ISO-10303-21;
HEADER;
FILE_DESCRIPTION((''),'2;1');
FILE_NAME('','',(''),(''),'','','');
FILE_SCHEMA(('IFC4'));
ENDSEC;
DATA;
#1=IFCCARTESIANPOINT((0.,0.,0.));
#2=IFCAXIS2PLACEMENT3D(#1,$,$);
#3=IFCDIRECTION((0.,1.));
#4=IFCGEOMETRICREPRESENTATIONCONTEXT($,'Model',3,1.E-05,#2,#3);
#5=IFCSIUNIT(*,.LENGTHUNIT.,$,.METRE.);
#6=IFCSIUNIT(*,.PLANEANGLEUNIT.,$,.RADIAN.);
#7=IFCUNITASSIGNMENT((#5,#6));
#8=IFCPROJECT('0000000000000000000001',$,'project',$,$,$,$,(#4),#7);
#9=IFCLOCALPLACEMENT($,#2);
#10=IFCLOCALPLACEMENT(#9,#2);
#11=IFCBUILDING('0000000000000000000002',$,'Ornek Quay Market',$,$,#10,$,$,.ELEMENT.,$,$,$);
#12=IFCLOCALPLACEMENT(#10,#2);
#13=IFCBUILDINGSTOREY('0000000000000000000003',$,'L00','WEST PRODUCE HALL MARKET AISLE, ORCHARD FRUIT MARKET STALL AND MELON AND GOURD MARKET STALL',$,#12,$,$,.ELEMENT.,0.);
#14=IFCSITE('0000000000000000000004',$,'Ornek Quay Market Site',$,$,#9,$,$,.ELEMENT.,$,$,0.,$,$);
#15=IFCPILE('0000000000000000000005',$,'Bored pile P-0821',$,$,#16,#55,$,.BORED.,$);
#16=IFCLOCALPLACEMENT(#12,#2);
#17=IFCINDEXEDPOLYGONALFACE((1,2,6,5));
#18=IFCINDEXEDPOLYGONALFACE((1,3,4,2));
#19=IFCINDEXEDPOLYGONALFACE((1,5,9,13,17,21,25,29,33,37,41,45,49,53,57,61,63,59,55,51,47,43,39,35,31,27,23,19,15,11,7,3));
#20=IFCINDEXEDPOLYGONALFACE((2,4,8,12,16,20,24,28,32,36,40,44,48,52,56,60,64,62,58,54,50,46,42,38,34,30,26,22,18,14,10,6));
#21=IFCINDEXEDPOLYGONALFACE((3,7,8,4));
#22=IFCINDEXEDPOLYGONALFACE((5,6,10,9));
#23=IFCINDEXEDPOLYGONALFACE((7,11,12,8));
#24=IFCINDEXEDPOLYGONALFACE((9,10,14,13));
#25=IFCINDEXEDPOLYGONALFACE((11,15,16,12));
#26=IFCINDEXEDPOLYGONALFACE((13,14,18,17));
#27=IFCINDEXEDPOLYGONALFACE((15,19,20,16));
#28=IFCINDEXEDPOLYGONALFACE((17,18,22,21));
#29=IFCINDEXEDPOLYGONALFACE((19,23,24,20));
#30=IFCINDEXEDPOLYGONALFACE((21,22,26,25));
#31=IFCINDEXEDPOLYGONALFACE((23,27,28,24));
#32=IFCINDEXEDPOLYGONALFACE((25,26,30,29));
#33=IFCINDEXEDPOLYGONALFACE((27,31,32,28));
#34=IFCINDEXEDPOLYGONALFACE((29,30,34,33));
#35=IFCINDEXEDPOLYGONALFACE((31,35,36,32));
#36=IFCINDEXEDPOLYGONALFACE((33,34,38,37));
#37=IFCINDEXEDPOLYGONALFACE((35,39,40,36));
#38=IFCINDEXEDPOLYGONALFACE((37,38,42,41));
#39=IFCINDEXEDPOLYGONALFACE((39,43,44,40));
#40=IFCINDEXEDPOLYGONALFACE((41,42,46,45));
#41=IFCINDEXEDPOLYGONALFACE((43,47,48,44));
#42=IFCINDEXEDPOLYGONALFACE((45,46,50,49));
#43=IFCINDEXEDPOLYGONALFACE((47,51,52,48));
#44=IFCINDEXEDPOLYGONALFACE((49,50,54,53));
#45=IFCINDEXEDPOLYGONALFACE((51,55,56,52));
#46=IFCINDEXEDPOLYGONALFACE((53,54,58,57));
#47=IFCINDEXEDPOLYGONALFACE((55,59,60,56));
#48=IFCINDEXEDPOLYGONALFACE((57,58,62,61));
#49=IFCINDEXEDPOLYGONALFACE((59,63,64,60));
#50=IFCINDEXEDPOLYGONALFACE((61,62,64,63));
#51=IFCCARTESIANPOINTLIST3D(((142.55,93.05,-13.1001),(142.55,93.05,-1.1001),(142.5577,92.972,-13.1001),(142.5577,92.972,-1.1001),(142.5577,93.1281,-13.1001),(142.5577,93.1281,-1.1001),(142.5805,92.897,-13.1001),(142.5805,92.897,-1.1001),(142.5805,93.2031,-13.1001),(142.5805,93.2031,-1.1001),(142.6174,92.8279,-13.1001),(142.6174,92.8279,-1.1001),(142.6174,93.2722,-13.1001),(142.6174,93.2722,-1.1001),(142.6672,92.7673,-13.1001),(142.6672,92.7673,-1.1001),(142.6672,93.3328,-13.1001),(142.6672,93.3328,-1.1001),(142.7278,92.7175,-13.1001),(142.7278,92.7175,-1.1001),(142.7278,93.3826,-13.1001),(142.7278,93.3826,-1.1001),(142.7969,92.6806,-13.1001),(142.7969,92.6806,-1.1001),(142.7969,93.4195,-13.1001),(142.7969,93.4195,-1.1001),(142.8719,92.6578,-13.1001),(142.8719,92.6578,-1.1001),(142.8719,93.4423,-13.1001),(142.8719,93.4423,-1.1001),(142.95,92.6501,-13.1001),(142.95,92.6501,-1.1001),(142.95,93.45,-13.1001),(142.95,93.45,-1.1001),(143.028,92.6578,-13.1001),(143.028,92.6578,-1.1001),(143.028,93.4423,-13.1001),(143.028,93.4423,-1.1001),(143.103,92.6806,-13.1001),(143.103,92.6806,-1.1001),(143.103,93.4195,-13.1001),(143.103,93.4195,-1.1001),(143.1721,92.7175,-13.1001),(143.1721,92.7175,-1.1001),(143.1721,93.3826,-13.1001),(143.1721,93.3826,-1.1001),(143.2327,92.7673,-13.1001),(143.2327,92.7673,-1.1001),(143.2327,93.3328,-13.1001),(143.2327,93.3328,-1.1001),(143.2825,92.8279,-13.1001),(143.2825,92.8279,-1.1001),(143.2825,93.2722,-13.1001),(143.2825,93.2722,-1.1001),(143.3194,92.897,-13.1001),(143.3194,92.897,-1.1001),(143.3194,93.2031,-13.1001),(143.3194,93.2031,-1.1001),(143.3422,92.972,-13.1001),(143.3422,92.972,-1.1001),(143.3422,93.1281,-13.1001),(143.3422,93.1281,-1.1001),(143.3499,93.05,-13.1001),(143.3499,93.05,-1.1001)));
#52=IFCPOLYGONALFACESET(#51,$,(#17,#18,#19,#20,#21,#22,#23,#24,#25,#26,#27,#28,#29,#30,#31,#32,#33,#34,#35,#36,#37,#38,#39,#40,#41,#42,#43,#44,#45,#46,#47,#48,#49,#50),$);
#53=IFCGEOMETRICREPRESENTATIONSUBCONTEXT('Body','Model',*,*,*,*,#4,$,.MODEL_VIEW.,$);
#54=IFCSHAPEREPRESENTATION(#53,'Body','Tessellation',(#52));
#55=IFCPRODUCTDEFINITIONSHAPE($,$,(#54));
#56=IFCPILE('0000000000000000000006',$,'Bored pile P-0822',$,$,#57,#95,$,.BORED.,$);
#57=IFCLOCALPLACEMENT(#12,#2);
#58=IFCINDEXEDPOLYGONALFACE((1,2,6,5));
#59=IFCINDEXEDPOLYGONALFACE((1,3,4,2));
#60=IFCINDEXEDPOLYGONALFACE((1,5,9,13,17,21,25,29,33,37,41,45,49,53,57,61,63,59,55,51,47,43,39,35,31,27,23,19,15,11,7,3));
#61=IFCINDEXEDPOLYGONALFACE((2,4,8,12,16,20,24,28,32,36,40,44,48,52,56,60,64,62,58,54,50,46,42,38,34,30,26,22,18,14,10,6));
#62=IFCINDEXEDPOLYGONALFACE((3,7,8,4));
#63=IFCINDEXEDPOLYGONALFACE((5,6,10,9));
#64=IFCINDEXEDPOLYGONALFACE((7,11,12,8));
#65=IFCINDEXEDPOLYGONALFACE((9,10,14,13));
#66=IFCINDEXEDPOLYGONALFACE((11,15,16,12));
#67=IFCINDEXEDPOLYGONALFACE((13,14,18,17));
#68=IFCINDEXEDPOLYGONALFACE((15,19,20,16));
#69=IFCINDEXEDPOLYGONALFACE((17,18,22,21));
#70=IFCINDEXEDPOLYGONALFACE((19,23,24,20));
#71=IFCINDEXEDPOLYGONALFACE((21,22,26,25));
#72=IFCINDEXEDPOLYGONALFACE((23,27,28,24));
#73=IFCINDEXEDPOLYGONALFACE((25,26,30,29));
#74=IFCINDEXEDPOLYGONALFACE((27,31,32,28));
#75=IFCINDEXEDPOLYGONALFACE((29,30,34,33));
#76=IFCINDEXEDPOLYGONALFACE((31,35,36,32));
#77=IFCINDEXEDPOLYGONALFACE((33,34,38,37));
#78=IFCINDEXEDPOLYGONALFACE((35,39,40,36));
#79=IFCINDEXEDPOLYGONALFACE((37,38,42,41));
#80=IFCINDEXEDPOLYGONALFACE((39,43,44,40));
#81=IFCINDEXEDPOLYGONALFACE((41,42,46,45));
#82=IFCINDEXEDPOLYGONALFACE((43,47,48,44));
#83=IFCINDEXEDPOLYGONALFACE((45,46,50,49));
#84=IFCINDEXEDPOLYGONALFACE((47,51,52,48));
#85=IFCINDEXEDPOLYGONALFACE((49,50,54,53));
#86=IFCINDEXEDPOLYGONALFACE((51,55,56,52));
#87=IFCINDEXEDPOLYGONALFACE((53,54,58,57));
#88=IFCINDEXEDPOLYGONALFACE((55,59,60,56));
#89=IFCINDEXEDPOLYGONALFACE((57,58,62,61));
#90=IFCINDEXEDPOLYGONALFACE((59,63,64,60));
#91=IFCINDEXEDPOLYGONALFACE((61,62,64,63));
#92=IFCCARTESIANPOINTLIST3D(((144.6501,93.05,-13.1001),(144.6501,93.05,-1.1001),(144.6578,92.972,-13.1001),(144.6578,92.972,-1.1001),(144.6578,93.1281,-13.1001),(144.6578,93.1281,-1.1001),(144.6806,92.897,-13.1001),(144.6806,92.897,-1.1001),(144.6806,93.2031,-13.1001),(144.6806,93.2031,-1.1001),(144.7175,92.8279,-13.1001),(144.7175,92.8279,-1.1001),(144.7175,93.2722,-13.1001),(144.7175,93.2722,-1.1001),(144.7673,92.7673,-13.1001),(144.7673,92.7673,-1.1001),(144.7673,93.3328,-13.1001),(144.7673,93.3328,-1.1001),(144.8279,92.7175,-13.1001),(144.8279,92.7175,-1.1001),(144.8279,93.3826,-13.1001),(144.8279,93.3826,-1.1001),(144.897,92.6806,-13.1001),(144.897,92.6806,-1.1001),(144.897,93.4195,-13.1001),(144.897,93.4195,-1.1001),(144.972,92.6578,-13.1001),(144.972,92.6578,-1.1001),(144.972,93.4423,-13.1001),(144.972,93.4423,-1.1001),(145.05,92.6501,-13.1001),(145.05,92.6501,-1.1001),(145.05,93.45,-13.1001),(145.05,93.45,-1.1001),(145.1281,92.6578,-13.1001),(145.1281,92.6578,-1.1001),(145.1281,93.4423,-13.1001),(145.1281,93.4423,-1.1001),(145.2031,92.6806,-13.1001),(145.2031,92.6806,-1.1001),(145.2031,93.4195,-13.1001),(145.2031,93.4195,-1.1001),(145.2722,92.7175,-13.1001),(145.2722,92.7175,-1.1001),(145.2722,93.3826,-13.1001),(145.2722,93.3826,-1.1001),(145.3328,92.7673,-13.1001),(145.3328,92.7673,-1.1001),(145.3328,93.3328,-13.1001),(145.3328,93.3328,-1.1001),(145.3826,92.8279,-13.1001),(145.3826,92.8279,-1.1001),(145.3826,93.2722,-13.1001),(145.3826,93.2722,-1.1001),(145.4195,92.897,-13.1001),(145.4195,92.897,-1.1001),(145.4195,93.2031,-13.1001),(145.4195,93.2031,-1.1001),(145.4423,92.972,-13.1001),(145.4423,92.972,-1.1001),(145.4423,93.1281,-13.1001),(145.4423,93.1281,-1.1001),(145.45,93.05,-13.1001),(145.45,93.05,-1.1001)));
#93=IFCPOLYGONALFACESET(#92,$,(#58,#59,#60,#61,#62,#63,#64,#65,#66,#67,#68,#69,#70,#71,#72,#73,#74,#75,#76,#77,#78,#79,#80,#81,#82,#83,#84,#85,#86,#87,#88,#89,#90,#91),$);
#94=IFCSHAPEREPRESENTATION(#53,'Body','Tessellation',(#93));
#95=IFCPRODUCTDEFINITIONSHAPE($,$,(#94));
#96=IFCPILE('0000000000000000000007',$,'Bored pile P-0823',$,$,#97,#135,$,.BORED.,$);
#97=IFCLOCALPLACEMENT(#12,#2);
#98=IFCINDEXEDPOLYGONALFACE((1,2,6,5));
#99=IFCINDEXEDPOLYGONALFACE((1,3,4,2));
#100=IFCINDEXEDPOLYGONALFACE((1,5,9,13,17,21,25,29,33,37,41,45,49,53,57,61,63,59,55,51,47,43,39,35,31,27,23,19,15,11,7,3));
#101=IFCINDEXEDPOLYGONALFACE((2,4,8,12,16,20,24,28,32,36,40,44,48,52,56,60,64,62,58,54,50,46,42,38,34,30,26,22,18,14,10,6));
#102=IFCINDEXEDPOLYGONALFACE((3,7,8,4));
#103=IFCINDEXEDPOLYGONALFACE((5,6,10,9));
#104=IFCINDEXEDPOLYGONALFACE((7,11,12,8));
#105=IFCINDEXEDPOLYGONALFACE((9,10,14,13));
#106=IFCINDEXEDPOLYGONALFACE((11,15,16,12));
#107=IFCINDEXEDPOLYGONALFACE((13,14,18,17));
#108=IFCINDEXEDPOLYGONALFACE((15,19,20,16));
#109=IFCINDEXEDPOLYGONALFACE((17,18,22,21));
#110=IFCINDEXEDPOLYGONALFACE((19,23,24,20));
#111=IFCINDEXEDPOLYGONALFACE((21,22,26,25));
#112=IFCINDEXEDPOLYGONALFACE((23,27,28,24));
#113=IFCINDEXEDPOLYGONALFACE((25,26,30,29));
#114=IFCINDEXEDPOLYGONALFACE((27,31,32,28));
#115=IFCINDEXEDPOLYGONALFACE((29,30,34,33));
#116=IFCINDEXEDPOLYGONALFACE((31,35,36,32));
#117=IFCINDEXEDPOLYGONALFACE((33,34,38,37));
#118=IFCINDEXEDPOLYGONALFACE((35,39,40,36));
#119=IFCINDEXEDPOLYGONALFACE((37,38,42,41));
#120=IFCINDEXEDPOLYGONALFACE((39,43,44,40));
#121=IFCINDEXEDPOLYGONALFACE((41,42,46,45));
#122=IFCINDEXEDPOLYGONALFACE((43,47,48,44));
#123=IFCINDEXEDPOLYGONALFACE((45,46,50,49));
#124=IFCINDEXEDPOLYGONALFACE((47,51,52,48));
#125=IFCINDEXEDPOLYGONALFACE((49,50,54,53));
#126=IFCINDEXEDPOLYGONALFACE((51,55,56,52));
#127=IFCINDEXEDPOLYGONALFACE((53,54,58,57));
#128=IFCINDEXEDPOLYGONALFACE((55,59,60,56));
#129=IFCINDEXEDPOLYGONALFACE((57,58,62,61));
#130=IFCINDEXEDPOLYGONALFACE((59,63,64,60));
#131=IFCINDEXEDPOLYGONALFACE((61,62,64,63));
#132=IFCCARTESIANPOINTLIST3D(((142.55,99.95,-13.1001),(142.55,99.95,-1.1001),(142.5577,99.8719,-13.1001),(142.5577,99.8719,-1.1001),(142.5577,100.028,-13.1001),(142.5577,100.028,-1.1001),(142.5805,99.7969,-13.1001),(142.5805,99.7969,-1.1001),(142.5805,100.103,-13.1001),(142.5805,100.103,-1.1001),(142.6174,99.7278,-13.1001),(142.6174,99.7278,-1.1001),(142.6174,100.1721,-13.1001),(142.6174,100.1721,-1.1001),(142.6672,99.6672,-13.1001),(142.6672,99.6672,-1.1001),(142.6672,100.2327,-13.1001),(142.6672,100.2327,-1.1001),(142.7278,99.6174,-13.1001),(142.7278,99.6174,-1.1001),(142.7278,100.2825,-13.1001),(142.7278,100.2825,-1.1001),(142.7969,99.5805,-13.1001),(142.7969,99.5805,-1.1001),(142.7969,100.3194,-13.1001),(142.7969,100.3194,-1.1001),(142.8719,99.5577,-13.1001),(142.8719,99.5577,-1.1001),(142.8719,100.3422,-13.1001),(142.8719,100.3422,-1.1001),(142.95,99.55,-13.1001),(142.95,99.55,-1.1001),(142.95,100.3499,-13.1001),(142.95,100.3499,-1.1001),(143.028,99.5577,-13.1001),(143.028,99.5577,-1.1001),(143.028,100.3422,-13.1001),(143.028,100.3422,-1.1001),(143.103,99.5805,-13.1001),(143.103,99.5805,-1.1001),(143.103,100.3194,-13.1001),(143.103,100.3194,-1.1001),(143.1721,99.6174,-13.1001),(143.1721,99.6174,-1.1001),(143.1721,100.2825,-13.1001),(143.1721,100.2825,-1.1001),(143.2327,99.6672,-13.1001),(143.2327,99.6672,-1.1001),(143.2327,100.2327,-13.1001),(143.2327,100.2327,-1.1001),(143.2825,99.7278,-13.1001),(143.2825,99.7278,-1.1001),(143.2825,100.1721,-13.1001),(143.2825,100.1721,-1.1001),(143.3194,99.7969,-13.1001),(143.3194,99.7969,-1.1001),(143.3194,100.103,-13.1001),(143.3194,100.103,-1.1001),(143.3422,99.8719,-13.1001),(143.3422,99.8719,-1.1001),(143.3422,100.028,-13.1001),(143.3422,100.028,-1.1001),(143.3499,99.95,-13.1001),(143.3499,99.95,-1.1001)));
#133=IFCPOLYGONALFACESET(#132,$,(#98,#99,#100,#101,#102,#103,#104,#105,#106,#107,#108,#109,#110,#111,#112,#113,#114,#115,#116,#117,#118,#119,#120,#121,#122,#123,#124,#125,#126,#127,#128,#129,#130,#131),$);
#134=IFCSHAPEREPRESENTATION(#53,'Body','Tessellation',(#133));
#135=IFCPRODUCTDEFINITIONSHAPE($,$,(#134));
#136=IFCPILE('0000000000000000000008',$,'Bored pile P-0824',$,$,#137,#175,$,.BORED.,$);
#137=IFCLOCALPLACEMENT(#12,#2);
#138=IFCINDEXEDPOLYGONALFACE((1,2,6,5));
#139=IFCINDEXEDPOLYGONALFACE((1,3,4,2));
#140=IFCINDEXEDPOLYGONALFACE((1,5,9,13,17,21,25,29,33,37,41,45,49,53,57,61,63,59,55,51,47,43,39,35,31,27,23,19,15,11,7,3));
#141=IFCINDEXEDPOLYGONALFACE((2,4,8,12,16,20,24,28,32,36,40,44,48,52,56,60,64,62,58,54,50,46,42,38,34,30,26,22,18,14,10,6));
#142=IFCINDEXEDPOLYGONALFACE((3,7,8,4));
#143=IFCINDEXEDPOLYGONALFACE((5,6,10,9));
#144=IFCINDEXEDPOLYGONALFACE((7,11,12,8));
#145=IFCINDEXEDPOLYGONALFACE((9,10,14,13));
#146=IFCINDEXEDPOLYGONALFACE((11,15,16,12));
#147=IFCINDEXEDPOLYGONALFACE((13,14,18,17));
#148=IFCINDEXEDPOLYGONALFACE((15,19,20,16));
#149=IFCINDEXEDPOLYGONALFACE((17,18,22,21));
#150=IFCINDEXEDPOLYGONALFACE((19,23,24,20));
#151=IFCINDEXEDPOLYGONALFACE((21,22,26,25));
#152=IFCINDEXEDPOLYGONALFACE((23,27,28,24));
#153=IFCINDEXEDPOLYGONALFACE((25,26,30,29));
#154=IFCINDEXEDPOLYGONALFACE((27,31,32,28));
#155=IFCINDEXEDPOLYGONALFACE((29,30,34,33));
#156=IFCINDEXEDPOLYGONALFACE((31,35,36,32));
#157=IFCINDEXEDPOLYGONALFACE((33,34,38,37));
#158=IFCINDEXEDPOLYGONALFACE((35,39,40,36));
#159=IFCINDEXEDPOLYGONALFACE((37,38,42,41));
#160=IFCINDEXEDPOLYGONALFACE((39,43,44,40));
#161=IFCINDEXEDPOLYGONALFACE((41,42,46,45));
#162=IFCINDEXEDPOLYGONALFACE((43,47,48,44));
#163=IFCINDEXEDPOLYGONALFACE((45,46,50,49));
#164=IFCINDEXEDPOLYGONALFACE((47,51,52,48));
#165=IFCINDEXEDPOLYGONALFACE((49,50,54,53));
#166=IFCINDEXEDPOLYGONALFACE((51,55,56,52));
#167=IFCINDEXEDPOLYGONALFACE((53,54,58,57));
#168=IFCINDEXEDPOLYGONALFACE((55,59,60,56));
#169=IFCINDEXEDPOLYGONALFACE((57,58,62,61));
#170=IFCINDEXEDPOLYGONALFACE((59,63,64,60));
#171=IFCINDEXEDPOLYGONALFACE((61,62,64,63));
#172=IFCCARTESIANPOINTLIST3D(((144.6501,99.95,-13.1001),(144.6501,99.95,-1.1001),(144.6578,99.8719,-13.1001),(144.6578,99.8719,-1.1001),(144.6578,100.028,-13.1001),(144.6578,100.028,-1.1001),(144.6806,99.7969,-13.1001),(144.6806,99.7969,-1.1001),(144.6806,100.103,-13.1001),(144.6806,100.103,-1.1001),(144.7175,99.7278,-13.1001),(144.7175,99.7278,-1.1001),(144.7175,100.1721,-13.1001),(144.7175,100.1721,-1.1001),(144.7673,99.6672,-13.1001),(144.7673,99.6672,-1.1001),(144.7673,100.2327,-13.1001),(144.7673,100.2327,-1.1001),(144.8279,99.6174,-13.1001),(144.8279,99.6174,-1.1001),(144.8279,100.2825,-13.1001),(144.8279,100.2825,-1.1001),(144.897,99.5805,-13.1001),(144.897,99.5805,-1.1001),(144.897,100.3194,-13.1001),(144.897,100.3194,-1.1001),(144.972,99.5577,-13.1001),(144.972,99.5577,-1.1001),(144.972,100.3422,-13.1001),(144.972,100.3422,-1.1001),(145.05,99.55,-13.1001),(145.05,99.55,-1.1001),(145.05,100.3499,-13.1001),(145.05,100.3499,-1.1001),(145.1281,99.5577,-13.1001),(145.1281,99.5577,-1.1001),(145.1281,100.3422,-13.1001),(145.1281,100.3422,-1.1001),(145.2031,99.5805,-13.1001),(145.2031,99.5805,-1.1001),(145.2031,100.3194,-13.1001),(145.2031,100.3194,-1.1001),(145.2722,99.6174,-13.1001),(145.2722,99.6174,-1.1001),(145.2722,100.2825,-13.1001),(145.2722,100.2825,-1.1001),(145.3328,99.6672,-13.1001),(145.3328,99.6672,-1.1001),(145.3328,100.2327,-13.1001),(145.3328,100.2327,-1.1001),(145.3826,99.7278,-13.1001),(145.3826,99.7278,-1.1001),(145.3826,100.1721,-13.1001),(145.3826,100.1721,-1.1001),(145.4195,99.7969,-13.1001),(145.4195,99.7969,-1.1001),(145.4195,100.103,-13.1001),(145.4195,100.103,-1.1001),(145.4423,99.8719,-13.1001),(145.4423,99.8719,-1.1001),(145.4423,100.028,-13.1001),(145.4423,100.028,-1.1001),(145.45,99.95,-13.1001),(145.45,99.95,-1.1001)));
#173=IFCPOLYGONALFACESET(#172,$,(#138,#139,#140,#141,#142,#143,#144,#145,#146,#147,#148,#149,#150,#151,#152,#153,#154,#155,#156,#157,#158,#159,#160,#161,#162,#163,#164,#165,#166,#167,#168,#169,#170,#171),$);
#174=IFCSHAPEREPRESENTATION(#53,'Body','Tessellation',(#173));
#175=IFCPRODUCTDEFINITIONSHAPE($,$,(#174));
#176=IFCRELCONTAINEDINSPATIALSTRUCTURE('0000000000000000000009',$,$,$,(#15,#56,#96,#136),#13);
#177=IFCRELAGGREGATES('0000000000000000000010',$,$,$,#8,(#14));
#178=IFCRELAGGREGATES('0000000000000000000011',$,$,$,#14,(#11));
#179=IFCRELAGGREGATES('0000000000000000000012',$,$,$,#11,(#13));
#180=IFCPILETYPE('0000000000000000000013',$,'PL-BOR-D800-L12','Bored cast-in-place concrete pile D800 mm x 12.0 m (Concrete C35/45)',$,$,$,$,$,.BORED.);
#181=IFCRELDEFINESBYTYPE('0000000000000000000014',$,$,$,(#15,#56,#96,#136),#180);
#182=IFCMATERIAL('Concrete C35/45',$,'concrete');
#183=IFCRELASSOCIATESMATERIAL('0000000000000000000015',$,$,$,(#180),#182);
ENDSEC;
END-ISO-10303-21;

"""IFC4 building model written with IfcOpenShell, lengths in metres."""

from ifc_helpers import new_model, si_unit, direction, frame, origin, origin_2d, place, context, subcontext, project, spatial, circle, extrude, material, material_profile, profile_set, type_object, element, save


model = new_model("IFC4")

# Units and contexts
model_context = context("Model", 3, precision=1e-05, world=origin(), true_north=direction((0.0, 1.0)))
body_context = subcontext(model_context, "Body", "Model", "MODEL_VIEW")
ifc_project = project(units=[si_unit("LENGTHUNIT", "METRE"), si_unit("PLANEANGLEUNIT", "RADIAN")], contexts=[model_context])

# Site, building, storey
site_placement = place(None, origin())
site = spatial("IfcSite", under=ifc_project, at=site_placement, Name="Ornek Quay Market Site", CompositionType="ELEMENT", RefElevation=0.0)
building_placement = place(site_placement, origin())
building = spatial("IfcBuilding", under=site, at=building_placement, Name="Ornek Quay Market", CompositionType="ELEMENT")
storey_placement = place(building_placement, origin())
storey = spatial("IfcBuildingStorey", under=building, at=storey_placement, Name="L00", Description="WEST PRODUCE HALL MARKET AISLE, ORCHARD FRUIT MARKET STALL AND MELON AND GOURD MARKET STALL", CompositionType="ELEMENT", Elevation=0.0)

# Piles
ifc_material_1 = material(Name="Concrete C35/45", Category="concrete")
ifc_material_profile_1 = material_profile(ifc_material_1, circle(Radius=0.3999, at=origin_2d()), Name="PILE D800", Category="concrete")
ifc_profile_set_1 = profile_set([ifc_material_profile_1], Name="Concrete C35/45")
pile_type = type_object("IfcPileType", Name="PL-BOR-D800-L12", Description="Bored cast-in-place concrete pile D800 mm x 12.0 m (Concrete C35/45)", PredefinedType="BORED", material=ifc_profile_set_1)
for number, where, z_axis, x_axis, name in (
    (1, (142.95, 93.05, -1.1001), (0.0, 0.0, -1.0), (1.0, 0.0, 0.0), "Bored pile P-0821"),
    (2, (145.05, 93.05, -1.1001), (0.0, 0.0, -1.0), (1.0, 0.0, 0.0), "Bored pile P-0822"),
    (3, (142.95, 99.95, -1.1001), (0.0, 0.0, -1.0), (1.0, 0.0, 0.0), "Bored pile P-0823"),
    (4, (145.05, 99.95, -1.1001), (0.0, 0.0, -1.0), (1.0, 0.0, 0.0), "Bored pile P-0824"),
):
    element("IfcPile", number, at=place(storey_placement, frame(where, z_axis=z_axis, x_axis=x_axis)), inside=storey, type_object=pile_type, Name=name, PredefinedType="BORED", context=body_context, shape_type="SweptSolid", body=[
        extrude(circle(Radius=0.3999, at=origin_2d()), origin(), (0.0, 0.0, 1.0), 12.0),
    ])

save(model, "model.ifc")
